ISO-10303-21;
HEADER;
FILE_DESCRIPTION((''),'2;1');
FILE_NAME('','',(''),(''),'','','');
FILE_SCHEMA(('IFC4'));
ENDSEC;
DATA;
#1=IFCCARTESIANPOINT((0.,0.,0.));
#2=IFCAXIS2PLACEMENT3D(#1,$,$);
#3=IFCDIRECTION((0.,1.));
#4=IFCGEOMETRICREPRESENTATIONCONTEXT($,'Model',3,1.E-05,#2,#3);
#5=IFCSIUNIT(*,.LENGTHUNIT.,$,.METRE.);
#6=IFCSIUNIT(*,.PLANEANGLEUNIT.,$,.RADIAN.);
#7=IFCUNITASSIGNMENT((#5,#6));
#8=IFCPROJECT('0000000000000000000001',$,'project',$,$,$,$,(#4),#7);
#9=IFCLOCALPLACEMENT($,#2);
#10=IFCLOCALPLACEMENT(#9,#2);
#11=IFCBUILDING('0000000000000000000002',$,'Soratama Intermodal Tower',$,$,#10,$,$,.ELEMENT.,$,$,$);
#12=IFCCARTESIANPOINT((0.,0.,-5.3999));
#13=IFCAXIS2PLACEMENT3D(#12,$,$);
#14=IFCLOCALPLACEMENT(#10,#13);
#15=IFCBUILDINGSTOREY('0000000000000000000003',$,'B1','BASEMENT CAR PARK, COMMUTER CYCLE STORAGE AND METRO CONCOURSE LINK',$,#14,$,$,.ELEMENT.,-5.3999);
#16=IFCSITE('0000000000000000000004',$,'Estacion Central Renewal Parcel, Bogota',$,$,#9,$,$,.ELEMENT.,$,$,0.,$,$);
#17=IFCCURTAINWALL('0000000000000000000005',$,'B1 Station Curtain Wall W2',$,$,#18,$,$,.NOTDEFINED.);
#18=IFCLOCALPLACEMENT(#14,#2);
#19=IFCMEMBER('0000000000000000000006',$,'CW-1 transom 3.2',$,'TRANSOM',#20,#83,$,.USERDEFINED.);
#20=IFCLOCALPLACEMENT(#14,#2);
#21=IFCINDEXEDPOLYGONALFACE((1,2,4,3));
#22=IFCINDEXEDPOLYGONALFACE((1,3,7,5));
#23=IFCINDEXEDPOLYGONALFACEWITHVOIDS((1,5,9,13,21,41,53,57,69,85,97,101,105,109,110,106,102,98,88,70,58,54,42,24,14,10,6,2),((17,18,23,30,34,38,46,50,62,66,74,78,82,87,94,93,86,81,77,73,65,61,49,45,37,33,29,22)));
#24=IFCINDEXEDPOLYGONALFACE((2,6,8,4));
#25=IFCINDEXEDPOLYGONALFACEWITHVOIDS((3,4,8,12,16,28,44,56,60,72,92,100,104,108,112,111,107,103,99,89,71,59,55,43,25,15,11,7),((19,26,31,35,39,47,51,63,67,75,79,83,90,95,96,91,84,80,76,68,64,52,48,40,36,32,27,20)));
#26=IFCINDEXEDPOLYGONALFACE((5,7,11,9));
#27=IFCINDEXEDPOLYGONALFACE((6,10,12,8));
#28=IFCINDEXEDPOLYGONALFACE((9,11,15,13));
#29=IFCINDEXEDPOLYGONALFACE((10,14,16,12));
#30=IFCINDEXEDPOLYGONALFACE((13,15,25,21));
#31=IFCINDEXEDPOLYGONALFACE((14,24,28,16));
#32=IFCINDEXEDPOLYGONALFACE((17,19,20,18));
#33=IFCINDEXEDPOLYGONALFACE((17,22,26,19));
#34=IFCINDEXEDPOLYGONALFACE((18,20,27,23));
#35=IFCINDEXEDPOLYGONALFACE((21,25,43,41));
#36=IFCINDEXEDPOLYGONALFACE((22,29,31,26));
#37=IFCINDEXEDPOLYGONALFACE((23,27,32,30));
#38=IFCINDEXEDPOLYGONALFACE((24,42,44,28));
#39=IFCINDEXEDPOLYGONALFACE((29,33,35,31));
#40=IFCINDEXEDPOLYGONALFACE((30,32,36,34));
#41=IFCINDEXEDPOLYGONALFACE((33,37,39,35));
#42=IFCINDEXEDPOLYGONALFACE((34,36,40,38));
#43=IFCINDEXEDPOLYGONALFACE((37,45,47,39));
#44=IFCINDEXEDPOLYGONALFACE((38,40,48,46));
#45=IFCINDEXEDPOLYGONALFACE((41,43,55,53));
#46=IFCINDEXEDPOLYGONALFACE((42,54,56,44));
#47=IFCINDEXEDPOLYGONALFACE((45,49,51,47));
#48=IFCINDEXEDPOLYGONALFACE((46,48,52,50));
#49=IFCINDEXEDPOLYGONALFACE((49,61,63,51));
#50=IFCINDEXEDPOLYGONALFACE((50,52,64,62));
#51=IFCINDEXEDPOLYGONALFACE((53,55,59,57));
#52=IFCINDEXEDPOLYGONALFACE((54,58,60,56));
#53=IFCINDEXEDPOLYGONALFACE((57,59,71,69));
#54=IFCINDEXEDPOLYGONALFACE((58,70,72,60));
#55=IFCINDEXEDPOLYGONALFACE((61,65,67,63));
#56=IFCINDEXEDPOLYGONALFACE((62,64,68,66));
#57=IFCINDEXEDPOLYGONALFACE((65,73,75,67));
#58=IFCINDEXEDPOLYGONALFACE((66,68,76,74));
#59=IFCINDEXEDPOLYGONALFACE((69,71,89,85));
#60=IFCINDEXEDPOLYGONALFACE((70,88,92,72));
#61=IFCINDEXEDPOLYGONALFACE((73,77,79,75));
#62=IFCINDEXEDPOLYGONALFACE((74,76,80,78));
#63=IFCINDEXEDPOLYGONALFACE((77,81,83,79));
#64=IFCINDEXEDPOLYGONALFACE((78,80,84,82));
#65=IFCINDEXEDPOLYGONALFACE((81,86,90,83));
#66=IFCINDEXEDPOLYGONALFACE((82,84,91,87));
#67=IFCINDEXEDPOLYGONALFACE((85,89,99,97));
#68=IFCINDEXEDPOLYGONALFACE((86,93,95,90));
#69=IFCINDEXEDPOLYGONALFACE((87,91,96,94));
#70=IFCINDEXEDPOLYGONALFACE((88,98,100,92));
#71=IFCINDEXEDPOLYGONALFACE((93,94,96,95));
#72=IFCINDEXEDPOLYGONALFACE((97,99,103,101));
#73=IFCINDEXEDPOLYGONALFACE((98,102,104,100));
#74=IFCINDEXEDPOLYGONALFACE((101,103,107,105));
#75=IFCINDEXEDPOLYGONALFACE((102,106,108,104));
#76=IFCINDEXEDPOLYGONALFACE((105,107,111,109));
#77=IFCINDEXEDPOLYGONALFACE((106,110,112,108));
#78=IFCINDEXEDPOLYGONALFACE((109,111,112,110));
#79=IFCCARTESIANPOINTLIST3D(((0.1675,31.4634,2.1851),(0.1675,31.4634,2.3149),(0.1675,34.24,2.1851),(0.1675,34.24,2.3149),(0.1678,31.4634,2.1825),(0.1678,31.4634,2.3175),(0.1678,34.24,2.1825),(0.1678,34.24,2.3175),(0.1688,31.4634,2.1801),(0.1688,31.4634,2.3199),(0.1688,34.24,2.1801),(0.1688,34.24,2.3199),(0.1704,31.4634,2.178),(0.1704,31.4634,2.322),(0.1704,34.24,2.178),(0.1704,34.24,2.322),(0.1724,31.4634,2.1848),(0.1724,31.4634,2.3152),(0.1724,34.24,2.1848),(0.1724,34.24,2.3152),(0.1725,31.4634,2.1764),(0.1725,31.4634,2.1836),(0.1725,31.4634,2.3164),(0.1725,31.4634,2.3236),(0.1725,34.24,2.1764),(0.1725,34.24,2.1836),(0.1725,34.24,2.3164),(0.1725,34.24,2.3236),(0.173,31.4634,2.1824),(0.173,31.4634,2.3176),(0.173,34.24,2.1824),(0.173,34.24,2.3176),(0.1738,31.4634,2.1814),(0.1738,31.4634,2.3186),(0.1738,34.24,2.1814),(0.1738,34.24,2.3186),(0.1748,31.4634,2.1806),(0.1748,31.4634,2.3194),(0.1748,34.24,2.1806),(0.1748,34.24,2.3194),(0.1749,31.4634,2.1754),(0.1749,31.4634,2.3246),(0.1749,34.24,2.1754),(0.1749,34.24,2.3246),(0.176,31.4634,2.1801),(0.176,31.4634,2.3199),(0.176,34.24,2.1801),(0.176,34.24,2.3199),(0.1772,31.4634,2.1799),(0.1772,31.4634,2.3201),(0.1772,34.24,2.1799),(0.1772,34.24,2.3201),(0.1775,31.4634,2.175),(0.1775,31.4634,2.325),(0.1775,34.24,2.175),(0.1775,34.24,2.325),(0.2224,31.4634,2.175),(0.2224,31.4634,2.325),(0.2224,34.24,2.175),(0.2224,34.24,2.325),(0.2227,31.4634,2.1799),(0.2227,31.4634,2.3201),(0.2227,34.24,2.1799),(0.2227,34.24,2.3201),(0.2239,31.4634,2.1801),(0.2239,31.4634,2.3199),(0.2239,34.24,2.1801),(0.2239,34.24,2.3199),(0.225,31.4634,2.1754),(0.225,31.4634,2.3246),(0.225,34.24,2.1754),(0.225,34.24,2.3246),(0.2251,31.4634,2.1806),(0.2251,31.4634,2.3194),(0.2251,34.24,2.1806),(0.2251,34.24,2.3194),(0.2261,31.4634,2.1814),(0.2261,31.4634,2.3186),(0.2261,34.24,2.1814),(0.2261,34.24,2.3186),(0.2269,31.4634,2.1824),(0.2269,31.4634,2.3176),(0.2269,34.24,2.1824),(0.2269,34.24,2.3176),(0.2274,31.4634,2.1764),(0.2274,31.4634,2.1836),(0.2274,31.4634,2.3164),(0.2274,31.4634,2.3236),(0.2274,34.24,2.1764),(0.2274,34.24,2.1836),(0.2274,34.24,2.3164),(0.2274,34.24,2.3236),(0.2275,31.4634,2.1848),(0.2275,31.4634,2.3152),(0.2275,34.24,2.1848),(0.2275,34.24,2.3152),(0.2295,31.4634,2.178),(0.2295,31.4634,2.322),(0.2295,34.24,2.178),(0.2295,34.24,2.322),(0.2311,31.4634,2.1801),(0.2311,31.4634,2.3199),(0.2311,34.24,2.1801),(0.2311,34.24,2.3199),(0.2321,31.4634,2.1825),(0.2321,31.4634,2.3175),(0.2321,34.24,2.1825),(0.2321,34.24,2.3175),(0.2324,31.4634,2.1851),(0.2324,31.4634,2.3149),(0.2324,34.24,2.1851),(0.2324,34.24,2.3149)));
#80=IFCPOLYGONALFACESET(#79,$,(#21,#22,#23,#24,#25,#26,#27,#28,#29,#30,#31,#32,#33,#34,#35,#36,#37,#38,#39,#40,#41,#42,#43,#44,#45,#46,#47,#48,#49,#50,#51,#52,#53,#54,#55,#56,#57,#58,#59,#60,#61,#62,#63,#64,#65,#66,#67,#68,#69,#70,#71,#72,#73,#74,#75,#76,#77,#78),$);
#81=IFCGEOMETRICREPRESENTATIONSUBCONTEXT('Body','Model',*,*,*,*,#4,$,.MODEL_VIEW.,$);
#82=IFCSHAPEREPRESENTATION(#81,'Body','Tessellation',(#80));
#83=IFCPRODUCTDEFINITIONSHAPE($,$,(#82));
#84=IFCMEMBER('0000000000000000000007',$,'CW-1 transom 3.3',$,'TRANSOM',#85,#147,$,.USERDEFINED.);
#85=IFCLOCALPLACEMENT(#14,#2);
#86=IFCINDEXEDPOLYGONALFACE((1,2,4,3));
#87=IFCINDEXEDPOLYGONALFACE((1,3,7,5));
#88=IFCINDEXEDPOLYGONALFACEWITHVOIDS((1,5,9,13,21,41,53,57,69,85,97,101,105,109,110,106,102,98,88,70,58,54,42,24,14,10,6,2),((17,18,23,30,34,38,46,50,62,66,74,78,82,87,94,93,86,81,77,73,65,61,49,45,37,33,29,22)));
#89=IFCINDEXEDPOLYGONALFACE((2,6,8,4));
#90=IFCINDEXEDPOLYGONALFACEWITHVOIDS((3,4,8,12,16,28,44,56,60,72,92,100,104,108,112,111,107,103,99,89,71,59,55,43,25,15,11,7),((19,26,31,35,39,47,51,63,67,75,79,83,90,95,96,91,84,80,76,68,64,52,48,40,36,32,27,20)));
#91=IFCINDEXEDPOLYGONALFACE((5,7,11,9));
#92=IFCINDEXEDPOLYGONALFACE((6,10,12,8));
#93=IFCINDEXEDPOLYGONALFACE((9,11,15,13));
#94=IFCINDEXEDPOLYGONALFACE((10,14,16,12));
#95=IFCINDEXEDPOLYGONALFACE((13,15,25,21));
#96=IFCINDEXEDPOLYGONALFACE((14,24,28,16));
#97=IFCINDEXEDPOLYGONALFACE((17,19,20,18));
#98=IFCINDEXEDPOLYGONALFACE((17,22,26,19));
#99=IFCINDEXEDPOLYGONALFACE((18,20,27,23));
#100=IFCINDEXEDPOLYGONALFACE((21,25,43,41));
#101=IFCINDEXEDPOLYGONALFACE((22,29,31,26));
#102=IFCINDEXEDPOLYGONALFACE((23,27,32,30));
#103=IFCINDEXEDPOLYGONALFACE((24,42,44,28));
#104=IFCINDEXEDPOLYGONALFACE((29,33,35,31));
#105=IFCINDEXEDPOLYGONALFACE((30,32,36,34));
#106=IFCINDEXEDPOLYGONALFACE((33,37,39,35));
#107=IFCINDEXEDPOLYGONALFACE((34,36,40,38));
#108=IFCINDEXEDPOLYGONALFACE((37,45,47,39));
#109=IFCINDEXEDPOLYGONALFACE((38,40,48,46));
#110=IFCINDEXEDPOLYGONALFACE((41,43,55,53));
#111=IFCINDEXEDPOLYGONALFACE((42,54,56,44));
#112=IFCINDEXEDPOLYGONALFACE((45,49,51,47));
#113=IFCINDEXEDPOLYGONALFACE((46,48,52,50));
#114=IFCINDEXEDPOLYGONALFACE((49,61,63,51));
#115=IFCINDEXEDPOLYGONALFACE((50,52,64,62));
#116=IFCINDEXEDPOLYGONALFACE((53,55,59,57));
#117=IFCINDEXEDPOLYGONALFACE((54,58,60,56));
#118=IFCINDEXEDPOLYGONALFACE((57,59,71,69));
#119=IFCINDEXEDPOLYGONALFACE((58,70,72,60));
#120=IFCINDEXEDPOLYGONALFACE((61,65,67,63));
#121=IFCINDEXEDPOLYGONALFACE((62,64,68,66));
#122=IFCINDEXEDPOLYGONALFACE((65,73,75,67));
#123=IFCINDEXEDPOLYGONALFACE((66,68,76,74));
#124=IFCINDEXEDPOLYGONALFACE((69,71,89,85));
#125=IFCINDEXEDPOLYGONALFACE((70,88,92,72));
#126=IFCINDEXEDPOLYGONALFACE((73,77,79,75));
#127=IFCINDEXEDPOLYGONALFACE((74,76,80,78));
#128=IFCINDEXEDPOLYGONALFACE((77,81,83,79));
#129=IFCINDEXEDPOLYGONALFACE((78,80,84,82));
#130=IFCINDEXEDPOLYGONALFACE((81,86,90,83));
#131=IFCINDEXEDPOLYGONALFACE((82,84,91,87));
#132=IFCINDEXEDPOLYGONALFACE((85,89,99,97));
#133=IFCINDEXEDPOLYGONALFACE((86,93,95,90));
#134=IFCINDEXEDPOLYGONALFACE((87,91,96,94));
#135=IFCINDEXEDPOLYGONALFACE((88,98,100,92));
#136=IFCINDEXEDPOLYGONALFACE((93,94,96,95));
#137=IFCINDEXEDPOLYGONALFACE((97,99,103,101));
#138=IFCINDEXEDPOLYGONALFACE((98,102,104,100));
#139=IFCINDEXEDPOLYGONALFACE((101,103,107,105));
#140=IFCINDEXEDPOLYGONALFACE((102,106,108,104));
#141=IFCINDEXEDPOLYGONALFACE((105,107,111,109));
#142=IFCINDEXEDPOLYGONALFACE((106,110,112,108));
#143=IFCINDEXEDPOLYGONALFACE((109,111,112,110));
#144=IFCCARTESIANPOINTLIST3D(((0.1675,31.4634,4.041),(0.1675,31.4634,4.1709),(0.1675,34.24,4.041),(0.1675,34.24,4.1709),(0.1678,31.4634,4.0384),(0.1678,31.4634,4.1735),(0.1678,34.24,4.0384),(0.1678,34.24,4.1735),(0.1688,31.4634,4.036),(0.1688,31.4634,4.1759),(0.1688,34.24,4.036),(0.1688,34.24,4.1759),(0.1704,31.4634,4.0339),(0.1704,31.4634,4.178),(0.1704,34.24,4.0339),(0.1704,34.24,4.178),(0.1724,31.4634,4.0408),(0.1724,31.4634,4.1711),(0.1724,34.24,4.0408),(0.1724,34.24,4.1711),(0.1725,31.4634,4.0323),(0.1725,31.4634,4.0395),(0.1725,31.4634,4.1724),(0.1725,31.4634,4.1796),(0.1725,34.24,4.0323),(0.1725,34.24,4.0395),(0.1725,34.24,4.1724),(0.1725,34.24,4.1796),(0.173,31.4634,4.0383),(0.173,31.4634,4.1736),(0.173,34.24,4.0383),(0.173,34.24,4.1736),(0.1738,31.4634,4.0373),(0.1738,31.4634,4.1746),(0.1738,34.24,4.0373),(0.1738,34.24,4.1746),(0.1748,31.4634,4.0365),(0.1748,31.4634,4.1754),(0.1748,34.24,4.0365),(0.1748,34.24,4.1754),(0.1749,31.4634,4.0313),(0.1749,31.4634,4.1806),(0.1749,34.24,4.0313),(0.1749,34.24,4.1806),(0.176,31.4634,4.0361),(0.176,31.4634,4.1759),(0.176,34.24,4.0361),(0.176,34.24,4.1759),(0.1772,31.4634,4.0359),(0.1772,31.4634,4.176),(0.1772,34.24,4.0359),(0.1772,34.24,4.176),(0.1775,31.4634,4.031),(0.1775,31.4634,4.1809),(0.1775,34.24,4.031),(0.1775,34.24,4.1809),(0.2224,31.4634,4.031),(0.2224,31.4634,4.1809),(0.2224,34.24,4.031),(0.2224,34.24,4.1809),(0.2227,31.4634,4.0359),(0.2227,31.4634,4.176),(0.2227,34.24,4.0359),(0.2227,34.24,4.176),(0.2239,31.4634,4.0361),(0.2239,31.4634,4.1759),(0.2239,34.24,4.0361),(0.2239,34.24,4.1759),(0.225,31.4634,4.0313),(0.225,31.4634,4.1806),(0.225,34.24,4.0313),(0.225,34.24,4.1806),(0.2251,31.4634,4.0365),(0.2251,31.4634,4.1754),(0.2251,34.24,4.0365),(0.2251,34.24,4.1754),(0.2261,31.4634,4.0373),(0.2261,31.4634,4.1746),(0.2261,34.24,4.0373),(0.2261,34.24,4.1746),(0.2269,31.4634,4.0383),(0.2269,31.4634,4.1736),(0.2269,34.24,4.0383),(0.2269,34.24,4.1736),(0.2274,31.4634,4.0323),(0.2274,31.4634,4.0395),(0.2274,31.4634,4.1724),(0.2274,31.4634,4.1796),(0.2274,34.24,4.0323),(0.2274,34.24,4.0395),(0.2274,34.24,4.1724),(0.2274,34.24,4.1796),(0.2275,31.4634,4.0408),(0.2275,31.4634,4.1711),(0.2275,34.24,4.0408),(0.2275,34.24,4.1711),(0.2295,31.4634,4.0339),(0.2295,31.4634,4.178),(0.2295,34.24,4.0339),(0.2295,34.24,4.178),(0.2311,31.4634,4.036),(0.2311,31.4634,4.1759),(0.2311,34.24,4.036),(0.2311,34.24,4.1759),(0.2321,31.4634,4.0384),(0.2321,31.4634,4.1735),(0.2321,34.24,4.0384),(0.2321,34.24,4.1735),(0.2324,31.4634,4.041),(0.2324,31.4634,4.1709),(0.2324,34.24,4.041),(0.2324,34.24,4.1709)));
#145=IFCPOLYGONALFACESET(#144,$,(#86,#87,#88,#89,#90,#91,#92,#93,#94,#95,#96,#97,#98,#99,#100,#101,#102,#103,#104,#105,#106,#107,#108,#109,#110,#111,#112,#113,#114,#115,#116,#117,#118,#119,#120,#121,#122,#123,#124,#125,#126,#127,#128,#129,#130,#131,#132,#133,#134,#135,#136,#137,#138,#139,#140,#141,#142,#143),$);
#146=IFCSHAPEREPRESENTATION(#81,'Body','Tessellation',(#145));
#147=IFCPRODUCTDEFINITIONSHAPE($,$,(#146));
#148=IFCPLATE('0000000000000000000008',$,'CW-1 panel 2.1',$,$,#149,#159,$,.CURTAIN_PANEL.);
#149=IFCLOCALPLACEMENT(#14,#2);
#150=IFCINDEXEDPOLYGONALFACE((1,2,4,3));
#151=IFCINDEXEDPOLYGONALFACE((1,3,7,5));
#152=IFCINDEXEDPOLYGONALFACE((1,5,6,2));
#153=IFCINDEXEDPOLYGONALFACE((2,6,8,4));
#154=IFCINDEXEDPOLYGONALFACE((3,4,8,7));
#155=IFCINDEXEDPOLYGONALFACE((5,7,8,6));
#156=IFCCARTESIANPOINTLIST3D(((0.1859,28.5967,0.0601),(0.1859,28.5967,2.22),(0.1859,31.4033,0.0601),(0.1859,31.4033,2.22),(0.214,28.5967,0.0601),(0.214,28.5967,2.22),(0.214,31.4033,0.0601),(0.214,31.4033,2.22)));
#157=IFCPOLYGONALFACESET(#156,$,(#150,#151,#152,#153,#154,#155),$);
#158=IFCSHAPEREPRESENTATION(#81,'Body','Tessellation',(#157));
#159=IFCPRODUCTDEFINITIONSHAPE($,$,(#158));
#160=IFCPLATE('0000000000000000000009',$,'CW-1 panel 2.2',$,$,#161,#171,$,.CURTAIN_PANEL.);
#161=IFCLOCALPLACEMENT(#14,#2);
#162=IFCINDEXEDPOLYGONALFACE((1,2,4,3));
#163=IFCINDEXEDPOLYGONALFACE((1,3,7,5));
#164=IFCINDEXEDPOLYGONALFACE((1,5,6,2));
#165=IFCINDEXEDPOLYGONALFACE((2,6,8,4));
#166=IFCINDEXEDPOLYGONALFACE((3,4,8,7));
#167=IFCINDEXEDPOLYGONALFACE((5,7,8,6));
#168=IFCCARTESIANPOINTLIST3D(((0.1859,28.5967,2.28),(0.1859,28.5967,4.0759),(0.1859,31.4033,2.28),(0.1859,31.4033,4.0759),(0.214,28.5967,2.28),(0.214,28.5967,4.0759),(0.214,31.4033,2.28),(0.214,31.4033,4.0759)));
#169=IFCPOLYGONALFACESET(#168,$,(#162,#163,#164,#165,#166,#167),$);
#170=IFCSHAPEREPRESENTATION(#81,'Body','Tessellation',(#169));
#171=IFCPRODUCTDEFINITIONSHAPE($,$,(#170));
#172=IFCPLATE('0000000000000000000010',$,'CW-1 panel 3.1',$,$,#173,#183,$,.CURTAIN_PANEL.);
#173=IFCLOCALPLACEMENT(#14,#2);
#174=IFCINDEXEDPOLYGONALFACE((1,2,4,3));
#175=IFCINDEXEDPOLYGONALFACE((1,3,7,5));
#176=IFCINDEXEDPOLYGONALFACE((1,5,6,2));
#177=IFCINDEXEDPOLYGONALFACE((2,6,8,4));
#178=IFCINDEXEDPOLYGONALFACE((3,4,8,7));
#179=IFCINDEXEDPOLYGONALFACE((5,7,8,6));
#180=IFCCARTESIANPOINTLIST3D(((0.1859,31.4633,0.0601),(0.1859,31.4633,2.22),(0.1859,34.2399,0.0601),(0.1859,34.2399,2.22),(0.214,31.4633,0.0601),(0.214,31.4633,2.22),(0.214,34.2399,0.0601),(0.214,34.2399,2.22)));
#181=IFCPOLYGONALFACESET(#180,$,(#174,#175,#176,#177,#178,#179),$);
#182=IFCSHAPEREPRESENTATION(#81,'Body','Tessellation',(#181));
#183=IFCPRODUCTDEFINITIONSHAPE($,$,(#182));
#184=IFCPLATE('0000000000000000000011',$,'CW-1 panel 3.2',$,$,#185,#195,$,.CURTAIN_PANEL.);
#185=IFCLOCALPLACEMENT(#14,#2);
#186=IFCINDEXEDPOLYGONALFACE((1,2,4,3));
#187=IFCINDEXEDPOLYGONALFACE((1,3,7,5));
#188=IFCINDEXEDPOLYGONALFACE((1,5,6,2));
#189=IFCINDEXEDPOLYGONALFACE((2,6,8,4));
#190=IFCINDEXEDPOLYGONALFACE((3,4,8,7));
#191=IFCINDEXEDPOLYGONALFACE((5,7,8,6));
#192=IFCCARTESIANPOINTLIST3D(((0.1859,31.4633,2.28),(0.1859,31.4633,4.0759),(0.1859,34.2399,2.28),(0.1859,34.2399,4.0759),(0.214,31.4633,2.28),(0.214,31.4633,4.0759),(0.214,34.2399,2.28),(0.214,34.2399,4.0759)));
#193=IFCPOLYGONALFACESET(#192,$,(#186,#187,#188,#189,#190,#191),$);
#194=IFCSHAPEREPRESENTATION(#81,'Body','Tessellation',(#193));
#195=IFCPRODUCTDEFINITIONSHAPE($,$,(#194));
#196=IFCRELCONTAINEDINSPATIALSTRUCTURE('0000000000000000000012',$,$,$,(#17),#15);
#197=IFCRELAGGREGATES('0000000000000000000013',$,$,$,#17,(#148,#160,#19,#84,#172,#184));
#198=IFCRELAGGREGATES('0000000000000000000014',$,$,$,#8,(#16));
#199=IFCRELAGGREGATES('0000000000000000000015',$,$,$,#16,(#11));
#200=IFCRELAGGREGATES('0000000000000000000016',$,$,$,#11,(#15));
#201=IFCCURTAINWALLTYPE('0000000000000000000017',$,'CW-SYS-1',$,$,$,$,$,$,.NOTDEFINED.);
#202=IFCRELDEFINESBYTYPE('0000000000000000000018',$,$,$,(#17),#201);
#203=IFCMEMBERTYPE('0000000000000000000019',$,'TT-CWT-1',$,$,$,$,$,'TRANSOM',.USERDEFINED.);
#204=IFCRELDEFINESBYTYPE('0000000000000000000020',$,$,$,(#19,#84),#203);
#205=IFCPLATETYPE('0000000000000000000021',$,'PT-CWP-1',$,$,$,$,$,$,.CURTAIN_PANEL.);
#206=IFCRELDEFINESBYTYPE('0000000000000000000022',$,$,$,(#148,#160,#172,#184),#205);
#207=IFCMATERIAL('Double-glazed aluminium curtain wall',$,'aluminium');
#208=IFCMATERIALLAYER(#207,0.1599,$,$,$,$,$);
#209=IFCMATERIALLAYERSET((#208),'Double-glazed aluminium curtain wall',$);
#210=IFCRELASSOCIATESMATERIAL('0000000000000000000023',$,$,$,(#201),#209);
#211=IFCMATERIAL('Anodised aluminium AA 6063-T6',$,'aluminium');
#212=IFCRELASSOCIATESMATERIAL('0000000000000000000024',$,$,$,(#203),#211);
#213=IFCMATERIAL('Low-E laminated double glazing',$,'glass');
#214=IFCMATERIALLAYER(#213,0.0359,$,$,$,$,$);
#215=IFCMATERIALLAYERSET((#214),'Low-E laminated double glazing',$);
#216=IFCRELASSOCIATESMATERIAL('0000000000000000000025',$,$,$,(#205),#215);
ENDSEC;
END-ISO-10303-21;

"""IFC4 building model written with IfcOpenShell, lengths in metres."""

from ifc_helpers import new_model, si_unit, direction, frame, origin, origin_2d, place, context, subcontext, project, spatial, rectangle, hollow_rectangle, extrude, material, layer, layer_set, material_profile, profile_set, type_object, element, aggregate, save


model = new_model("IFC4")

# Units and contexts
model_context = context("Model", 3, precision=1e-05, world=origin(), true_north=direction((0.0, 1.0)))
body_context = subcontext(model_context, "Body", "Model", "MODEL_VIEW")
ifc_project = project(units=[si_unit("LENGTHUNIT", "METRE"), si_unit("PLANEANGLEUNIT", "RADIAN")], contexts=[model_context])

# Site, building, storey
site_placement = place(None, origin())
site = spatial("IfcSite", under=ifc_project, at=site_placement, Name="Estacion Central Renewal Parcel, Bogota", CompositionType="ELEMENT", RefElevation=0.0)
building_placement = place(site_placement, origin())
building = spatial("IfcBuilding", under=site, at=building_placement, Name="Soratama Intermodal Tower", CompositionType="ELEMENT")
storey_placement = place(building_placement, frame((0.0, 0.0, -5.3999)))
storey = spatial("IfcBuildingStorey", under=building, at=storey_placement, Name="B1", Description="BASEMENT CAR PARK, COMMUTER CYCLE STORAGE AND METRO CONCOURSE LINK", CompositionType="ELEMENT", Elevation=-5.3999)

# Curtain wall, members, plates
ifc_material_1 = material(Name="Double-glazed aluminium curtain wall", Category="aluminium")
ifc_layer_1 = layer(ifc_material_1, 0.1599)
ifc_layer_set_1 = layer_set([ifc_layer_1], Name="Double-glazed aluminium curtain wall")
curtain_wall_type = type_object("IfcCurtainWallType", Name="CW-SYS-1", PredefinedType="NOTDEFINED", material=ifc_layer_set_1)
curtain_wall_placement = place(storey_placement, origin())
curtain_wall = element("IfcCurtainWall", 1, at=curtain_wall_placement, inside=storey, type_object=curtain_wall_type, Name="B1 Station Curtain Wall W2", PredefinedType="NOTDEFINED")
ifc_material_2 = material(Name="Anodised aluminium AA 6063-T6", Category="aluminium")
ifc_material_profile_1 = material_profile(ifc_material_2, hollow_rectangle(XDim=0.0649, YDim=0.1499, WallThickness=0.0049, InnerFilletRadius=0.0049, OuterFilletRadius=0.01, at=origin_2d()), Name="CWT150X65X5")
ifc_profile_set_1 = profile_set([ifc_material_profile_1], Name="Anodised aluminium AA 6063-T6")
member_type_1 = type_object("IfcMemberType", Name="TT-CWT-1", ElementType="TRANSOM", PredefinedType="USERDEFINED", material=ifc_profile_set_1)
member_1_placement = place(storey_placement, frame((0.2, 31.4634, 2.25), z_axis=(0.0, 1.0, 0.0), x_axis=(-1.0, 0.0, 0.0)))
member_1 = element("IfcMember", 2, at=member_1_placement, type_object=member_type_1, Name="CW-1 transom 3.2", ObjectType="TRANSOM", PredefinedType="USERDEFINED", context=body_context, shape_type="SweptSolid", body=[
    extrude(hollow_rectangle(XDim=0.0649, YDim=0.1499, WallThickness=0.0049, InnerFilletRadius=0.0049, OuterFilletRadius=0.01, at=origin_2d()), origin(), (0.0, 0.0, 1.0), 2.7766),
])
member_2_placement = place(storey_placement, frame((0.2, 31.4634, 4.106), z_axis=(0.0, 1.0, 0.0), x_axis=(-1.0, 0.0, 0.0)))
member_2 = element("IfcMember", 3, at=member_2_placement, type_object=member_type_1, Name="CW-1 transom 3.3", ObjectType="TRANSOM", PredefinedType="USERDEFINED", context=body_context, shape_type="SweptSolid", body=[
    extrude(hollow_rectangle(XDim=0.0649, YDim=0.1499, WallThickness=0.0049, InnerFilletRadius=0.0049, OuterFilletRadius=0.01, at=origin_2d()), origin(), (0.0, 0.0, 1.0), 2.7766),
])
ifc_material_3 = material(Name="Low-E laminated double glazing", Category="glass")
ifc_layer_2 = layer(ifc_material_3, 0.0359)
ifc_layer_set_2 = layer_set([ifc_layer_2], Name="Low-E laminated double glazing")
plate_type = type_object("IfcPlateType", Name="PT-CWP-1", PredefinedType="CURTAIN_PANEL", material=ifc_layer_set_2)
plate_1_placement = place(storey_placement, frame((0.2, 30.0, 0.0601), z_axis=(0.0, 0.0, 1.0), x_axis=(0.0, 1.0, 0.0)))
plate_1 = element("IfcPlate", 4, at=plate_1_placement, type_object=plate_type, Name="CW-1 panel 2.1", PredefinedType="CURTAIN_PANEL", context=body_context, shape_type="SweptSolid", body=[
    extrude(rectangle(XDim=2.8066, YDim=0.0281, at=origin_2d()), origin(), (0.0, 0.0, 1.0), 2.1599),
])
plate_2_placement = place(storey_placement, frame((0.2, 30.0, 2.28), z_axis=(0.0, 0.0, 1.0), x_axis=(0.0, 1.0, 0.0)))
plate_2 = element("IfcPlate", 5, at=plate_2_placement, type_object=plate_type, Name="CW-1 panel 2.2", PredefinedType="CURTAIN_PANEL", context=body_context, shape_type="SweptSolid", body=[
    extrude(rectangle(XDim=2.8066, YDim=0.0281, at=origin_2d()), origin(), (0.0, 0.0, 1.0), 1.7959),
])
plate_3_placement = place(storey_placement, frame((0.2, 32.8516, 0.0601), z_axis=(0.0, 0.0, 1.0), x_axis=(0.0, 1.0, 0.0)))
plate_3 = element("IfcPlate", 6, at=plate_3_placement, type_object=plate_type, Name="CW-1 panel 3.1", PredefinedType="CURTAIN_PANEL", context=body_context, shape_type="SweptSolid", body=[
    extrude(rectangle(XDim=2.7766, YDim=0.0281, at=origin_2d()), origin(), (0.0, 0.0, 1.0), 2.1599),
])
plate_4_placement = place(storey_placement, frame((0.2, 32.8516, 2.28), z_axis=(0.0, 0.0, 1.0), x_axis=(0.0, 1.0, 0.0)))
plate_4 = element("IfcPlate", 7, at=plate_4_placement, type_object=plate_type, Name="CW-1 panel 3.2", PredefinedType="CURTAIN_PANEL", context=body_context, shape_type="SweptSolid", body=[
    extrude(rectangle(XDim=2.7766, YDim=0.0281, at=origin_2d()), origin(), (0.0, 0.0, 1.0), 1.7959),
])
aggregate(curtain_wall, [plate_1, plate_2, member_1, member_2, plate_3, plate_4])

save(model, "model.ifc")
